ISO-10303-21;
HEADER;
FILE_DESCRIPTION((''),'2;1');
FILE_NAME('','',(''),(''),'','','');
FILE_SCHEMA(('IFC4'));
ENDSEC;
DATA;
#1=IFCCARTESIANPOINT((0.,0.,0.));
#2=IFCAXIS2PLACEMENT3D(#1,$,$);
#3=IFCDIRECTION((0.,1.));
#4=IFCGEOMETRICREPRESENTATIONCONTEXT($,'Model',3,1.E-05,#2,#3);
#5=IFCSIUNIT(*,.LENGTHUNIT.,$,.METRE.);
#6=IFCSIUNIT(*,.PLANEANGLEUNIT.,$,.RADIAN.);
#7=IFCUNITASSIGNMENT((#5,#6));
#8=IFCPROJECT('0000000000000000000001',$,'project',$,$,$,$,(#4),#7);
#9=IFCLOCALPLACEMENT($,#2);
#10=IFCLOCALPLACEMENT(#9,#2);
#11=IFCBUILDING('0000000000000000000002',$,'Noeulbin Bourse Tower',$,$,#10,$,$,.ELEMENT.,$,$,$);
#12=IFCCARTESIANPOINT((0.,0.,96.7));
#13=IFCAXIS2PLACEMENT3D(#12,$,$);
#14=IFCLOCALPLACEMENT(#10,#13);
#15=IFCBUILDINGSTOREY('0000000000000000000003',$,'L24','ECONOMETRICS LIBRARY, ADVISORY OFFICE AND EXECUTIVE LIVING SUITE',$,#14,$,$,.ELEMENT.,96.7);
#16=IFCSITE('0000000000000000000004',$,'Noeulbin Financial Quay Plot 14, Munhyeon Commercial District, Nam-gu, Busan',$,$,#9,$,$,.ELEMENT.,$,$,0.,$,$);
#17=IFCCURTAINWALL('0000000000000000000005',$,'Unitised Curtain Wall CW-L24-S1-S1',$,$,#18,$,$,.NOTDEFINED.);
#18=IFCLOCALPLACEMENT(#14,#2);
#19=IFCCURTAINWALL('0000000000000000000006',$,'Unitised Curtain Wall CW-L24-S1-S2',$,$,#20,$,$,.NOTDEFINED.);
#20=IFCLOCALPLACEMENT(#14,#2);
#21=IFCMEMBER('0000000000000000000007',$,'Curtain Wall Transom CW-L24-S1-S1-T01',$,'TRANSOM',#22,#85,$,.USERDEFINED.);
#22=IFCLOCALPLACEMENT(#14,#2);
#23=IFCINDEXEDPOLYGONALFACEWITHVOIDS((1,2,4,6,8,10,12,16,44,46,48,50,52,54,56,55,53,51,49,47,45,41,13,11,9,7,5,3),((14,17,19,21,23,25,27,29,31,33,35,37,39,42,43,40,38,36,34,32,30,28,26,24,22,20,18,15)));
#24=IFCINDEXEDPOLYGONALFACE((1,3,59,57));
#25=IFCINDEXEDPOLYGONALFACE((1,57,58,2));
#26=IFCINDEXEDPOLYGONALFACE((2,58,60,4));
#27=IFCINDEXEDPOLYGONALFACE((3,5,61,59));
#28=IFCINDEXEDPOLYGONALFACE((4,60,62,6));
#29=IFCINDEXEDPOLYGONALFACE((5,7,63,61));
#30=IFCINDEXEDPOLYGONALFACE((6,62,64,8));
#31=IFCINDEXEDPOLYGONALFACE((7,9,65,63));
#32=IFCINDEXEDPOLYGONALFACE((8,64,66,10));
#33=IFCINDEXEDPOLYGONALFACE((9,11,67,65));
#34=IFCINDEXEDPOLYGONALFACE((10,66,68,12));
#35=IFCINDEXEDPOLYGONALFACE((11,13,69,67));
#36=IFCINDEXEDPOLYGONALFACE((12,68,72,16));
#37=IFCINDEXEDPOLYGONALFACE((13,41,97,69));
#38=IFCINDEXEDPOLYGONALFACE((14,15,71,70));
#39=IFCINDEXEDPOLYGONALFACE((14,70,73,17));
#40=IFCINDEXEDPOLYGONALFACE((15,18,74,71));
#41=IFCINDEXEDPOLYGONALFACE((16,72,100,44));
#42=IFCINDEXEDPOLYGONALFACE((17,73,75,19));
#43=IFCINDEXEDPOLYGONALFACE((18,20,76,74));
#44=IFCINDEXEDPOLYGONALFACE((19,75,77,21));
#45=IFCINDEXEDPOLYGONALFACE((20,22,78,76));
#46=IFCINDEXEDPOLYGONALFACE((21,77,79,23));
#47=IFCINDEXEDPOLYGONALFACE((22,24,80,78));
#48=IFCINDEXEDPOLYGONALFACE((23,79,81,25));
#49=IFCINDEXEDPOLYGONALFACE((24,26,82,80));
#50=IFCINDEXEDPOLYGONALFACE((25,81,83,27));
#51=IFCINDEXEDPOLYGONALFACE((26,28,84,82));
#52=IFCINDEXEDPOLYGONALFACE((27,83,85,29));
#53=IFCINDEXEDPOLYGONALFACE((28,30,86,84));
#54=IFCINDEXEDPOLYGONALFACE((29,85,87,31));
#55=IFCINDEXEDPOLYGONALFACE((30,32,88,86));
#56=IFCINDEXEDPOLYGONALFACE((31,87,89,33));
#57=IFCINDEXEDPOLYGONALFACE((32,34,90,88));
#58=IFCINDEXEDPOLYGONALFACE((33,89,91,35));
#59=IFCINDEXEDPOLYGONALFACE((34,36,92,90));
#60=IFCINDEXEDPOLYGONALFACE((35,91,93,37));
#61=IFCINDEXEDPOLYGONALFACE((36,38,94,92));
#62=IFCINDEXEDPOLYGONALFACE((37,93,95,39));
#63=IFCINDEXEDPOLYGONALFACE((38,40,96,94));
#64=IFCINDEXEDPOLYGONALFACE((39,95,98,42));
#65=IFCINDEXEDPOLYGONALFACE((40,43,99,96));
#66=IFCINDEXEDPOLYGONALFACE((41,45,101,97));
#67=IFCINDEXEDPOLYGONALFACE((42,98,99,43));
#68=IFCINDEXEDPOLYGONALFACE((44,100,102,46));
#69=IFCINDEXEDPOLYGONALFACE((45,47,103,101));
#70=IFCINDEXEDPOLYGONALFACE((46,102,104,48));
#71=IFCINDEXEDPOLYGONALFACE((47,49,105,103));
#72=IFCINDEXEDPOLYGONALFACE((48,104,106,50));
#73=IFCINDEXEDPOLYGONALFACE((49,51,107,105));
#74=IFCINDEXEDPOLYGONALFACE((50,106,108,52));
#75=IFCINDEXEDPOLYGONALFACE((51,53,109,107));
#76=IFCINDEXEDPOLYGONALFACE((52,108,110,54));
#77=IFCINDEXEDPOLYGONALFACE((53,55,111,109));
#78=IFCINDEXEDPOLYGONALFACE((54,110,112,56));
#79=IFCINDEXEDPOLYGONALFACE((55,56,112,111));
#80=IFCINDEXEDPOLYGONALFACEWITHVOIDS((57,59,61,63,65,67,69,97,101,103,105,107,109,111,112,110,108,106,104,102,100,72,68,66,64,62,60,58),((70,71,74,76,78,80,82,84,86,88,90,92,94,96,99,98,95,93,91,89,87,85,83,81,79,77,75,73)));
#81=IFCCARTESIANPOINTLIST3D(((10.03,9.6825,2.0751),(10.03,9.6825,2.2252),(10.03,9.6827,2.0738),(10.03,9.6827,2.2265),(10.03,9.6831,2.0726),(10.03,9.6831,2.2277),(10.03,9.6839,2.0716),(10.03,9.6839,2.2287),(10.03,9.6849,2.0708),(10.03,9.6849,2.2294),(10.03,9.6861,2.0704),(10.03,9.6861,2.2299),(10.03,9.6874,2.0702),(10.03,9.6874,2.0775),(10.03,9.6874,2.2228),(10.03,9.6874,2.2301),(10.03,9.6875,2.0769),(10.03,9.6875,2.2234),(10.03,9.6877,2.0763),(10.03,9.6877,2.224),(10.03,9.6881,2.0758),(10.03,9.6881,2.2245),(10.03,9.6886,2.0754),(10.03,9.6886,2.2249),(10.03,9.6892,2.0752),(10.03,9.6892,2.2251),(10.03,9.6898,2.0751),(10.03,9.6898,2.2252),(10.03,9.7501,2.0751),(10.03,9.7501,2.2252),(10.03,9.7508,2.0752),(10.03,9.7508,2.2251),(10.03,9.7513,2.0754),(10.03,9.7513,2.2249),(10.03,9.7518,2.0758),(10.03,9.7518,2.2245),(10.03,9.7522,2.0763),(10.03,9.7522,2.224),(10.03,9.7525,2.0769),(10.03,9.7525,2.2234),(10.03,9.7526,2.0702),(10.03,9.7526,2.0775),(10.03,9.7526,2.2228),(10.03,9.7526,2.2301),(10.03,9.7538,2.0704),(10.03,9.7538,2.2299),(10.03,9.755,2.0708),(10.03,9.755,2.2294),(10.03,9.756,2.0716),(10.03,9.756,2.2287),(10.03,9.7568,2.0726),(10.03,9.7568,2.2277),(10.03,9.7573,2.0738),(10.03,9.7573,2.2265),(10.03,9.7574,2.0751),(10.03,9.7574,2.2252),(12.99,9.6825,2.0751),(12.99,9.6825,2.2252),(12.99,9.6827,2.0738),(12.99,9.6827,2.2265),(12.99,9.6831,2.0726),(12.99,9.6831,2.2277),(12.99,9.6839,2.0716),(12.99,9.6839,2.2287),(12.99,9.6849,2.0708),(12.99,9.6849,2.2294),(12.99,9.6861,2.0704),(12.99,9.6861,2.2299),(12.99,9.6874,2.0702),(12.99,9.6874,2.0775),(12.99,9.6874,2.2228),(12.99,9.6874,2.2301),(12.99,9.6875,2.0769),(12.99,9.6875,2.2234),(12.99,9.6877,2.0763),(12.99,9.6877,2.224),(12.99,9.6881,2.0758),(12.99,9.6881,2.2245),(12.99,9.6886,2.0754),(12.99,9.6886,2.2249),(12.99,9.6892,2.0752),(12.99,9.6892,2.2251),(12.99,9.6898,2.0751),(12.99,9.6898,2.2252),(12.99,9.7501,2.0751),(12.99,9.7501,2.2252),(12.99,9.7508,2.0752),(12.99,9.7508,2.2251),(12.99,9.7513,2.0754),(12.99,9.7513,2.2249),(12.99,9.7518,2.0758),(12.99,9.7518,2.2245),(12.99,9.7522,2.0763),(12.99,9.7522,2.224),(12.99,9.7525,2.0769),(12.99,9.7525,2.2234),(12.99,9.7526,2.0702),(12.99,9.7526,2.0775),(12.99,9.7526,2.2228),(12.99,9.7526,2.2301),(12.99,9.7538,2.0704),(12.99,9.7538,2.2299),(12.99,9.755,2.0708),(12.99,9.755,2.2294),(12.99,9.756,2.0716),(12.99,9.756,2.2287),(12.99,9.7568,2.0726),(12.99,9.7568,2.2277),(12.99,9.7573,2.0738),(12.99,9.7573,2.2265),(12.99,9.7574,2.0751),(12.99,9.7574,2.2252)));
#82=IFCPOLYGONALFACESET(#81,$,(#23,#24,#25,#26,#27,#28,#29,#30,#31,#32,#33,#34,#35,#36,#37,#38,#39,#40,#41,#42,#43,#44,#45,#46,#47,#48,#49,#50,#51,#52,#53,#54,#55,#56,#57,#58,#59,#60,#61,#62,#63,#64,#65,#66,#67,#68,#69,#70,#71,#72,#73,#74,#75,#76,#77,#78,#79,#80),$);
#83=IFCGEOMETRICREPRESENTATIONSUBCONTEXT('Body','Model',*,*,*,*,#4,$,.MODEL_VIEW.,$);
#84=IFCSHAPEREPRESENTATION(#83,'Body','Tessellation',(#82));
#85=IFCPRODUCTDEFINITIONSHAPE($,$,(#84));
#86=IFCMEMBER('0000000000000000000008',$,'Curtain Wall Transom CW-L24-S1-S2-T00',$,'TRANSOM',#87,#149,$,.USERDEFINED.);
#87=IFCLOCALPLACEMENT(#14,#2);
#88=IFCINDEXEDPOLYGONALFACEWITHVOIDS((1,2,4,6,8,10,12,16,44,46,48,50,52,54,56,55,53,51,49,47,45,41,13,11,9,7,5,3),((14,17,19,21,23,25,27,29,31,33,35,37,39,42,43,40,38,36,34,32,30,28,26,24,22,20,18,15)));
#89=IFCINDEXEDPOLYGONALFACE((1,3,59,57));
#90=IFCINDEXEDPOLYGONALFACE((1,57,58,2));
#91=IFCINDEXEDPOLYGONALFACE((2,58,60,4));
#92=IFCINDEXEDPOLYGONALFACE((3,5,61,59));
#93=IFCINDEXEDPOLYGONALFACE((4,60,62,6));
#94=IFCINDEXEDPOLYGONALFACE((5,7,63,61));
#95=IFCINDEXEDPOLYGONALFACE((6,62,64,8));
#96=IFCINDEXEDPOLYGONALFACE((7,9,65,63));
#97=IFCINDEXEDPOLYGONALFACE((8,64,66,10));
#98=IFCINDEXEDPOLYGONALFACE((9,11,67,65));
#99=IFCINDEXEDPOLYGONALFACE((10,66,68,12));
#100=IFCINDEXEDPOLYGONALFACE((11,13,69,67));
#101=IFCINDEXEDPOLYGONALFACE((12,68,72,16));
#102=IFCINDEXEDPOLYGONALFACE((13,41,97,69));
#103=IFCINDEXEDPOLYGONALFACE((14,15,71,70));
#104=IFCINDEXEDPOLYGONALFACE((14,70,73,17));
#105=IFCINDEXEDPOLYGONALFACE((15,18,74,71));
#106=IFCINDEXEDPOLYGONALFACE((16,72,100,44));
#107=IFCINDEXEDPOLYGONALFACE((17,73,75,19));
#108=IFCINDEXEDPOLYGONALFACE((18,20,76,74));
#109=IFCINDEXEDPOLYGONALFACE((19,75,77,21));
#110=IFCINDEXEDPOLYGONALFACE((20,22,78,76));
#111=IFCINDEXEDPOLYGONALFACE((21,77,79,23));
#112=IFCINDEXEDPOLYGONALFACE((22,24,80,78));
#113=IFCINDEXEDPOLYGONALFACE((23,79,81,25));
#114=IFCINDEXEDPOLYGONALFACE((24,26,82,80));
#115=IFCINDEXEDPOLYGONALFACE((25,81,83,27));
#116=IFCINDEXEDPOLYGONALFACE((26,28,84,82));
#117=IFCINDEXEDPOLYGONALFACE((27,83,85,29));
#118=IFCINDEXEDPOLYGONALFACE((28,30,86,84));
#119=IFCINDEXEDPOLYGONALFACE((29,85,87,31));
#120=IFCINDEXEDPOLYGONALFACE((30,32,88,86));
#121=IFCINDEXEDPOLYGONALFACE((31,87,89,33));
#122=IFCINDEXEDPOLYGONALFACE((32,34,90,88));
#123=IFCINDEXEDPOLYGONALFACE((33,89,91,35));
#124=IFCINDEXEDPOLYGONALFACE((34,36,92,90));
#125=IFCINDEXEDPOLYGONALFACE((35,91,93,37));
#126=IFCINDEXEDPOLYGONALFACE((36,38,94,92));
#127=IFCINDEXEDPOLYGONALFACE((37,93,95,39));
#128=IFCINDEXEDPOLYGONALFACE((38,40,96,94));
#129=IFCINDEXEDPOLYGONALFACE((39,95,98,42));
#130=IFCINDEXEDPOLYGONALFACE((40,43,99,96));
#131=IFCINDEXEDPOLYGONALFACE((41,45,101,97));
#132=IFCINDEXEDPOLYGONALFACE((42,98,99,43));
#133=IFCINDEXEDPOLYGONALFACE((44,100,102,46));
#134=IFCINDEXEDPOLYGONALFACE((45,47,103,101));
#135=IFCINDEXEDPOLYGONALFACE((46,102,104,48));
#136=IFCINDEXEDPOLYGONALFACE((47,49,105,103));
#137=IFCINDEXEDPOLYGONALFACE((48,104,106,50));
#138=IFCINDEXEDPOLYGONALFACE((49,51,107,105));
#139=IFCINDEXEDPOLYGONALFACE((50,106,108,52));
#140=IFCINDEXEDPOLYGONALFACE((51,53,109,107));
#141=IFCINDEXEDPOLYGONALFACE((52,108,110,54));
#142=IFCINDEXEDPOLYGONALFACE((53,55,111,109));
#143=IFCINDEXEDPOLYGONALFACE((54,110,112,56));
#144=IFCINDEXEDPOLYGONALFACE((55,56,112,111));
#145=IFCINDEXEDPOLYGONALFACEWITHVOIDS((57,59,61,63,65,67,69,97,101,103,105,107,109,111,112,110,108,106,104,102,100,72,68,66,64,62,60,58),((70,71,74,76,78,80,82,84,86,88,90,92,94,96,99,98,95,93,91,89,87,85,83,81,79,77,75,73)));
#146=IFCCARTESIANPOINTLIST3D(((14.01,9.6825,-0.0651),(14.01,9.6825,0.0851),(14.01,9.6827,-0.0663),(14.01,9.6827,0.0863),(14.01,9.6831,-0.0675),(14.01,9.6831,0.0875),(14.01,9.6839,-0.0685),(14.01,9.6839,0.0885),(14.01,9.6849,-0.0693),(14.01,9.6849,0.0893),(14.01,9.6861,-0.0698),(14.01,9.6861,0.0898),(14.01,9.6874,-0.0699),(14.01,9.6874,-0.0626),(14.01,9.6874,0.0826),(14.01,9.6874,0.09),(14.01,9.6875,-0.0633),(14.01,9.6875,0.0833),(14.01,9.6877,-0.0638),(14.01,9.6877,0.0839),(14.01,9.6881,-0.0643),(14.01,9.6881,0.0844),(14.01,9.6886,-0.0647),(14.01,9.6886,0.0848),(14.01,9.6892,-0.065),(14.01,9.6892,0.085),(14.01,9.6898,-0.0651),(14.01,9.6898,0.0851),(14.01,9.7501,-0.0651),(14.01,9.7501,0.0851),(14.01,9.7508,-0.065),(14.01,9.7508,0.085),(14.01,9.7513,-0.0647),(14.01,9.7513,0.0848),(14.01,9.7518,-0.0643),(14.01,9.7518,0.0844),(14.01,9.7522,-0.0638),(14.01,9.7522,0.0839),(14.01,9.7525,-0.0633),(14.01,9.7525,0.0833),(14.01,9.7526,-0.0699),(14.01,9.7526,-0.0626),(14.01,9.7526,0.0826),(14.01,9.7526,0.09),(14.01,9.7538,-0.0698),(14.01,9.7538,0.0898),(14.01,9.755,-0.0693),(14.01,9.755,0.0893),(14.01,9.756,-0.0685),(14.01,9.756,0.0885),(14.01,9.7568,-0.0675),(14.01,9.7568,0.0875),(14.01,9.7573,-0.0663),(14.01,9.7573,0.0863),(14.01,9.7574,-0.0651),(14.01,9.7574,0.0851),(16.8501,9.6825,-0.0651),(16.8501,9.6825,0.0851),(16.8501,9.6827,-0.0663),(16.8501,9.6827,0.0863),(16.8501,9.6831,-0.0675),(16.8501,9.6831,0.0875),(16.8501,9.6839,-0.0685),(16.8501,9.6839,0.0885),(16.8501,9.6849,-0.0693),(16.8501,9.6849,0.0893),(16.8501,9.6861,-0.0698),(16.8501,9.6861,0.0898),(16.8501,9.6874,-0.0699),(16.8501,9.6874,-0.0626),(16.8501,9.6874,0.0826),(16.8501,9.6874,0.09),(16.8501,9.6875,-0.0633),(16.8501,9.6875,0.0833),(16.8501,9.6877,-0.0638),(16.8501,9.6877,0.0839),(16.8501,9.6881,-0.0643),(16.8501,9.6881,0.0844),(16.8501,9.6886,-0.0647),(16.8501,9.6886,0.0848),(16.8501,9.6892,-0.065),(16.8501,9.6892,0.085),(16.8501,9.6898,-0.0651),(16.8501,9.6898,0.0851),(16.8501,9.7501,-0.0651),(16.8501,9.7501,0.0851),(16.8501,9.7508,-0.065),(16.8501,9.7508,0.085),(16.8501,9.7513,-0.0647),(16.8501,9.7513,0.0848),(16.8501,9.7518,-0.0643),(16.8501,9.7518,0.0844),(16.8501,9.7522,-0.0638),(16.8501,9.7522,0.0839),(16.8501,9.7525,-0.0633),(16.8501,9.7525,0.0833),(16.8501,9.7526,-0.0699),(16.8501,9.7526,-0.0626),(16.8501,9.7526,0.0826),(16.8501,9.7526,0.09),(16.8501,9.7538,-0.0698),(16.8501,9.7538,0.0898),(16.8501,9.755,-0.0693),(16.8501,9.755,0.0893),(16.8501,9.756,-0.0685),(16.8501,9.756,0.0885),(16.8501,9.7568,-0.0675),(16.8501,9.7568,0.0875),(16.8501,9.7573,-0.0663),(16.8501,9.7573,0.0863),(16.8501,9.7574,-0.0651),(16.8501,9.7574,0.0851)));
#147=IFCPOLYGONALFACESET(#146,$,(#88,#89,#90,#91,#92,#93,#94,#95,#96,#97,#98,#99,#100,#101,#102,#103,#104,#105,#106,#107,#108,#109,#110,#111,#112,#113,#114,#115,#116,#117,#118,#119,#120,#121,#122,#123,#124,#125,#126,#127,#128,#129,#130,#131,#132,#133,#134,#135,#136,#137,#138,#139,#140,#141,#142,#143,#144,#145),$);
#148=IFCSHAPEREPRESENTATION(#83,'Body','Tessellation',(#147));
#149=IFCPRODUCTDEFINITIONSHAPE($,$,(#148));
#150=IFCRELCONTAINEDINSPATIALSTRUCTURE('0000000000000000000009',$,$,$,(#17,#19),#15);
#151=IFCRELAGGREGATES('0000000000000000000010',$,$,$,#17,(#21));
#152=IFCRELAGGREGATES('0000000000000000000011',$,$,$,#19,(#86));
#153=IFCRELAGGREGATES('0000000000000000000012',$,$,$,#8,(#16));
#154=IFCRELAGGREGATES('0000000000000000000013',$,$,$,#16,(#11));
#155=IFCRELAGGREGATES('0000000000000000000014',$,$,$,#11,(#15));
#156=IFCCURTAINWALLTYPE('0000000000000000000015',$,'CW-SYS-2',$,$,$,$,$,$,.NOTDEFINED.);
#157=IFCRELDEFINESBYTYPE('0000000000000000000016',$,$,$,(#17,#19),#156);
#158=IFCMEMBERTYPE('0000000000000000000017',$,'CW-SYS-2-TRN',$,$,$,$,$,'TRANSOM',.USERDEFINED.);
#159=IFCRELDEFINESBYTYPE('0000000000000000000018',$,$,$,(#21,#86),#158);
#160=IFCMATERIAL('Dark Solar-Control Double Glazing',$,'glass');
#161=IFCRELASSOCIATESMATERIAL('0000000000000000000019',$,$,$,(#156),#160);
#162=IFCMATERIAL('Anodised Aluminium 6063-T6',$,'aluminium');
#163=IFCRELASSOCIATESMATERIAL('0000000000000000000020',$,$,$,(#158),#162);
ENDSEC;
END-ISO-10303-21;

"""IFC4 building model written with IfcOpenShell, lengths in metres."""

from ifc_helpers import new_model, si_unit, direction, frame, origin, origin_2d, place, context, subcontext, project, spatial, hollow_rectangle, extrude, material, material_profile, profile_set, type_object, element, aggregate, save


model = new_model("IFC4")

# Units and contexts
model_context = context("Model", 3, precision=1e-05, world=origin(), true_north=direction((0.0, 1.0)))
body_context = subcontext(model_context, "Body", "Model", "MODEL_VIEW")
ifc_project = project(units=[si_unit("LENGTHUNIT", "METRE"), si_unit("PLANEANGLEUNIT", "RADIAN")], contexts=[model_context])

# Site, building, storey
site_placement = place(None, origin())
site = spatial("IfcSite", under=ifc_project, at=site_placement, Name="Noeulbin Financial Quay Plot 14, Munhyeon Commercial District, Nam-gu, Busan", CompositionType="ELEMENT", RefElevation=0.0)
building_placement = place(site_placement, origin())
building = spatial("IfcBuilding", under=site, at=building_placement, Name="Noeulbin Bourse Tower", CompositionType="ELEMENT")
storey_placement = place(building_placement, frame((0.0, 0.0, 96.7)))
storey = spatial("IfcBuildingStorey", under=building, at=storey_placement, Name="L24", Description="ECONOMETRICS LIBRARY, ADVISORY OFFICE AND EXECUTIVE LIVING SUITE", CompositionType="ELEMENT", Elevation=96.7)

# Curtain walls
ifc_material_1 = material(Name="Dark Solar-Control Double Glazing", Category="glass")
curtain_wall_type = type_object("IfcCurtainWallType", Name="CW-SYS-2", PredefinedType="NOTDEFINED", material=ifc_material_1)
curtain_wall_1_placement = place(storey_placement, origin())
curtain_wall_1 = element("IfcCurtainWall", 1, at=curtain_wall_1_placement, inside=storey, type_object=curtain_wall_type, Name="Unitised Curtain Wall CW-L24-S1-S1", PredefinedType="NOTDEFINED")
ifc_material_2 = material(Name="Anodised Aluminium 6063-T6", Category="aluminium")
curtain_wall_2_placement = place(storey_placement, origin())
curtain_wall_2 = element("IfcCurtainWall", 2, at=curtain_wall_2_placement, inside=storey, type_object=curtain_wall_type, Name="Unitised Curtain Wall CW-L24-S1-S2", PredefinedType="NOTDEFINED")

# Members
ifc_material_profile_1 = material_profile(ifc_material_2, hollow_rectangle(XDim=0.075, YDim=0.1599, WallThickness=0.0049, InnerFilletRadius=0.0024, OuterFilletRadius=0.0049, at=origin_2d()), Name="ALU-TRAN-75x160x5", Category="LoadBearing")
ifc_profile_set_1 = profile_set([ifc_material_profile_1], Name="Anodised Aluminium 6063-T6")
member_type_1 = type_object("IfcMemberType", Name="CW-SYS-2-TRN", ElementType="TRANSOM", PredefinedType="USERDEFINED", material=ifc_profile_set_1)
member_1_placement = place(storey_placement, frame((10.03, 9.72, 2.1501), z_axis=(1.0, 0.0, 0.0), x_axis=(0.0, 1.0, 0.0)))
member_1 = element("IfcMember", 3, at=member_1_placement, type_object=member_type_1, Name="Curtain Wall Transom CW-L24-S1-S1-T01", ObjectType="TRANSOM", PredefinedType="USERDEFINED", context=body_context, shape_type="SweptSolid", body=[
    extrude(hollow_rectangle(XDim=0.075, YDim=0.1599, WallThickness=0.0049, InnerFilletRadius=0.0024, OuterFilletRadius=0.0049, at=origin_2d()), origin(), (0.0, 0.0, 1.0), 2.96),
])
member_2_placement = place(storey_placement, frame((14.01, 9.72, 0.01), z_axis=(1.0, 0.0, 0.0), x_axis=(0.0, 1.0, 0.0)))
member_2 = element("IfcMember", 4, at=member_2_placement, type_object=member_type_1, Name="Curtain Wall Transom CW-L24-S1-S2-T00", ObjectType="TRANSOM", PredefinedType="USERDEFINED", context=body_context, shape_type="SweptSolid", body=[
    extrude(hollow_rectangle(XDim=0.075, YDim=0.1599, WallThickness=0.0049, InnerFilletRadius=0.0024, OuterFilletRadius=0.0049, at=origin_2d()), origin(), (0.0, 0.0, 1.0), 2.8401),
])

aggregate(curtain_wall_1, [member_1])
aggregate(curtain_wall_2, [member_2])

save(model, "model.ifc")
